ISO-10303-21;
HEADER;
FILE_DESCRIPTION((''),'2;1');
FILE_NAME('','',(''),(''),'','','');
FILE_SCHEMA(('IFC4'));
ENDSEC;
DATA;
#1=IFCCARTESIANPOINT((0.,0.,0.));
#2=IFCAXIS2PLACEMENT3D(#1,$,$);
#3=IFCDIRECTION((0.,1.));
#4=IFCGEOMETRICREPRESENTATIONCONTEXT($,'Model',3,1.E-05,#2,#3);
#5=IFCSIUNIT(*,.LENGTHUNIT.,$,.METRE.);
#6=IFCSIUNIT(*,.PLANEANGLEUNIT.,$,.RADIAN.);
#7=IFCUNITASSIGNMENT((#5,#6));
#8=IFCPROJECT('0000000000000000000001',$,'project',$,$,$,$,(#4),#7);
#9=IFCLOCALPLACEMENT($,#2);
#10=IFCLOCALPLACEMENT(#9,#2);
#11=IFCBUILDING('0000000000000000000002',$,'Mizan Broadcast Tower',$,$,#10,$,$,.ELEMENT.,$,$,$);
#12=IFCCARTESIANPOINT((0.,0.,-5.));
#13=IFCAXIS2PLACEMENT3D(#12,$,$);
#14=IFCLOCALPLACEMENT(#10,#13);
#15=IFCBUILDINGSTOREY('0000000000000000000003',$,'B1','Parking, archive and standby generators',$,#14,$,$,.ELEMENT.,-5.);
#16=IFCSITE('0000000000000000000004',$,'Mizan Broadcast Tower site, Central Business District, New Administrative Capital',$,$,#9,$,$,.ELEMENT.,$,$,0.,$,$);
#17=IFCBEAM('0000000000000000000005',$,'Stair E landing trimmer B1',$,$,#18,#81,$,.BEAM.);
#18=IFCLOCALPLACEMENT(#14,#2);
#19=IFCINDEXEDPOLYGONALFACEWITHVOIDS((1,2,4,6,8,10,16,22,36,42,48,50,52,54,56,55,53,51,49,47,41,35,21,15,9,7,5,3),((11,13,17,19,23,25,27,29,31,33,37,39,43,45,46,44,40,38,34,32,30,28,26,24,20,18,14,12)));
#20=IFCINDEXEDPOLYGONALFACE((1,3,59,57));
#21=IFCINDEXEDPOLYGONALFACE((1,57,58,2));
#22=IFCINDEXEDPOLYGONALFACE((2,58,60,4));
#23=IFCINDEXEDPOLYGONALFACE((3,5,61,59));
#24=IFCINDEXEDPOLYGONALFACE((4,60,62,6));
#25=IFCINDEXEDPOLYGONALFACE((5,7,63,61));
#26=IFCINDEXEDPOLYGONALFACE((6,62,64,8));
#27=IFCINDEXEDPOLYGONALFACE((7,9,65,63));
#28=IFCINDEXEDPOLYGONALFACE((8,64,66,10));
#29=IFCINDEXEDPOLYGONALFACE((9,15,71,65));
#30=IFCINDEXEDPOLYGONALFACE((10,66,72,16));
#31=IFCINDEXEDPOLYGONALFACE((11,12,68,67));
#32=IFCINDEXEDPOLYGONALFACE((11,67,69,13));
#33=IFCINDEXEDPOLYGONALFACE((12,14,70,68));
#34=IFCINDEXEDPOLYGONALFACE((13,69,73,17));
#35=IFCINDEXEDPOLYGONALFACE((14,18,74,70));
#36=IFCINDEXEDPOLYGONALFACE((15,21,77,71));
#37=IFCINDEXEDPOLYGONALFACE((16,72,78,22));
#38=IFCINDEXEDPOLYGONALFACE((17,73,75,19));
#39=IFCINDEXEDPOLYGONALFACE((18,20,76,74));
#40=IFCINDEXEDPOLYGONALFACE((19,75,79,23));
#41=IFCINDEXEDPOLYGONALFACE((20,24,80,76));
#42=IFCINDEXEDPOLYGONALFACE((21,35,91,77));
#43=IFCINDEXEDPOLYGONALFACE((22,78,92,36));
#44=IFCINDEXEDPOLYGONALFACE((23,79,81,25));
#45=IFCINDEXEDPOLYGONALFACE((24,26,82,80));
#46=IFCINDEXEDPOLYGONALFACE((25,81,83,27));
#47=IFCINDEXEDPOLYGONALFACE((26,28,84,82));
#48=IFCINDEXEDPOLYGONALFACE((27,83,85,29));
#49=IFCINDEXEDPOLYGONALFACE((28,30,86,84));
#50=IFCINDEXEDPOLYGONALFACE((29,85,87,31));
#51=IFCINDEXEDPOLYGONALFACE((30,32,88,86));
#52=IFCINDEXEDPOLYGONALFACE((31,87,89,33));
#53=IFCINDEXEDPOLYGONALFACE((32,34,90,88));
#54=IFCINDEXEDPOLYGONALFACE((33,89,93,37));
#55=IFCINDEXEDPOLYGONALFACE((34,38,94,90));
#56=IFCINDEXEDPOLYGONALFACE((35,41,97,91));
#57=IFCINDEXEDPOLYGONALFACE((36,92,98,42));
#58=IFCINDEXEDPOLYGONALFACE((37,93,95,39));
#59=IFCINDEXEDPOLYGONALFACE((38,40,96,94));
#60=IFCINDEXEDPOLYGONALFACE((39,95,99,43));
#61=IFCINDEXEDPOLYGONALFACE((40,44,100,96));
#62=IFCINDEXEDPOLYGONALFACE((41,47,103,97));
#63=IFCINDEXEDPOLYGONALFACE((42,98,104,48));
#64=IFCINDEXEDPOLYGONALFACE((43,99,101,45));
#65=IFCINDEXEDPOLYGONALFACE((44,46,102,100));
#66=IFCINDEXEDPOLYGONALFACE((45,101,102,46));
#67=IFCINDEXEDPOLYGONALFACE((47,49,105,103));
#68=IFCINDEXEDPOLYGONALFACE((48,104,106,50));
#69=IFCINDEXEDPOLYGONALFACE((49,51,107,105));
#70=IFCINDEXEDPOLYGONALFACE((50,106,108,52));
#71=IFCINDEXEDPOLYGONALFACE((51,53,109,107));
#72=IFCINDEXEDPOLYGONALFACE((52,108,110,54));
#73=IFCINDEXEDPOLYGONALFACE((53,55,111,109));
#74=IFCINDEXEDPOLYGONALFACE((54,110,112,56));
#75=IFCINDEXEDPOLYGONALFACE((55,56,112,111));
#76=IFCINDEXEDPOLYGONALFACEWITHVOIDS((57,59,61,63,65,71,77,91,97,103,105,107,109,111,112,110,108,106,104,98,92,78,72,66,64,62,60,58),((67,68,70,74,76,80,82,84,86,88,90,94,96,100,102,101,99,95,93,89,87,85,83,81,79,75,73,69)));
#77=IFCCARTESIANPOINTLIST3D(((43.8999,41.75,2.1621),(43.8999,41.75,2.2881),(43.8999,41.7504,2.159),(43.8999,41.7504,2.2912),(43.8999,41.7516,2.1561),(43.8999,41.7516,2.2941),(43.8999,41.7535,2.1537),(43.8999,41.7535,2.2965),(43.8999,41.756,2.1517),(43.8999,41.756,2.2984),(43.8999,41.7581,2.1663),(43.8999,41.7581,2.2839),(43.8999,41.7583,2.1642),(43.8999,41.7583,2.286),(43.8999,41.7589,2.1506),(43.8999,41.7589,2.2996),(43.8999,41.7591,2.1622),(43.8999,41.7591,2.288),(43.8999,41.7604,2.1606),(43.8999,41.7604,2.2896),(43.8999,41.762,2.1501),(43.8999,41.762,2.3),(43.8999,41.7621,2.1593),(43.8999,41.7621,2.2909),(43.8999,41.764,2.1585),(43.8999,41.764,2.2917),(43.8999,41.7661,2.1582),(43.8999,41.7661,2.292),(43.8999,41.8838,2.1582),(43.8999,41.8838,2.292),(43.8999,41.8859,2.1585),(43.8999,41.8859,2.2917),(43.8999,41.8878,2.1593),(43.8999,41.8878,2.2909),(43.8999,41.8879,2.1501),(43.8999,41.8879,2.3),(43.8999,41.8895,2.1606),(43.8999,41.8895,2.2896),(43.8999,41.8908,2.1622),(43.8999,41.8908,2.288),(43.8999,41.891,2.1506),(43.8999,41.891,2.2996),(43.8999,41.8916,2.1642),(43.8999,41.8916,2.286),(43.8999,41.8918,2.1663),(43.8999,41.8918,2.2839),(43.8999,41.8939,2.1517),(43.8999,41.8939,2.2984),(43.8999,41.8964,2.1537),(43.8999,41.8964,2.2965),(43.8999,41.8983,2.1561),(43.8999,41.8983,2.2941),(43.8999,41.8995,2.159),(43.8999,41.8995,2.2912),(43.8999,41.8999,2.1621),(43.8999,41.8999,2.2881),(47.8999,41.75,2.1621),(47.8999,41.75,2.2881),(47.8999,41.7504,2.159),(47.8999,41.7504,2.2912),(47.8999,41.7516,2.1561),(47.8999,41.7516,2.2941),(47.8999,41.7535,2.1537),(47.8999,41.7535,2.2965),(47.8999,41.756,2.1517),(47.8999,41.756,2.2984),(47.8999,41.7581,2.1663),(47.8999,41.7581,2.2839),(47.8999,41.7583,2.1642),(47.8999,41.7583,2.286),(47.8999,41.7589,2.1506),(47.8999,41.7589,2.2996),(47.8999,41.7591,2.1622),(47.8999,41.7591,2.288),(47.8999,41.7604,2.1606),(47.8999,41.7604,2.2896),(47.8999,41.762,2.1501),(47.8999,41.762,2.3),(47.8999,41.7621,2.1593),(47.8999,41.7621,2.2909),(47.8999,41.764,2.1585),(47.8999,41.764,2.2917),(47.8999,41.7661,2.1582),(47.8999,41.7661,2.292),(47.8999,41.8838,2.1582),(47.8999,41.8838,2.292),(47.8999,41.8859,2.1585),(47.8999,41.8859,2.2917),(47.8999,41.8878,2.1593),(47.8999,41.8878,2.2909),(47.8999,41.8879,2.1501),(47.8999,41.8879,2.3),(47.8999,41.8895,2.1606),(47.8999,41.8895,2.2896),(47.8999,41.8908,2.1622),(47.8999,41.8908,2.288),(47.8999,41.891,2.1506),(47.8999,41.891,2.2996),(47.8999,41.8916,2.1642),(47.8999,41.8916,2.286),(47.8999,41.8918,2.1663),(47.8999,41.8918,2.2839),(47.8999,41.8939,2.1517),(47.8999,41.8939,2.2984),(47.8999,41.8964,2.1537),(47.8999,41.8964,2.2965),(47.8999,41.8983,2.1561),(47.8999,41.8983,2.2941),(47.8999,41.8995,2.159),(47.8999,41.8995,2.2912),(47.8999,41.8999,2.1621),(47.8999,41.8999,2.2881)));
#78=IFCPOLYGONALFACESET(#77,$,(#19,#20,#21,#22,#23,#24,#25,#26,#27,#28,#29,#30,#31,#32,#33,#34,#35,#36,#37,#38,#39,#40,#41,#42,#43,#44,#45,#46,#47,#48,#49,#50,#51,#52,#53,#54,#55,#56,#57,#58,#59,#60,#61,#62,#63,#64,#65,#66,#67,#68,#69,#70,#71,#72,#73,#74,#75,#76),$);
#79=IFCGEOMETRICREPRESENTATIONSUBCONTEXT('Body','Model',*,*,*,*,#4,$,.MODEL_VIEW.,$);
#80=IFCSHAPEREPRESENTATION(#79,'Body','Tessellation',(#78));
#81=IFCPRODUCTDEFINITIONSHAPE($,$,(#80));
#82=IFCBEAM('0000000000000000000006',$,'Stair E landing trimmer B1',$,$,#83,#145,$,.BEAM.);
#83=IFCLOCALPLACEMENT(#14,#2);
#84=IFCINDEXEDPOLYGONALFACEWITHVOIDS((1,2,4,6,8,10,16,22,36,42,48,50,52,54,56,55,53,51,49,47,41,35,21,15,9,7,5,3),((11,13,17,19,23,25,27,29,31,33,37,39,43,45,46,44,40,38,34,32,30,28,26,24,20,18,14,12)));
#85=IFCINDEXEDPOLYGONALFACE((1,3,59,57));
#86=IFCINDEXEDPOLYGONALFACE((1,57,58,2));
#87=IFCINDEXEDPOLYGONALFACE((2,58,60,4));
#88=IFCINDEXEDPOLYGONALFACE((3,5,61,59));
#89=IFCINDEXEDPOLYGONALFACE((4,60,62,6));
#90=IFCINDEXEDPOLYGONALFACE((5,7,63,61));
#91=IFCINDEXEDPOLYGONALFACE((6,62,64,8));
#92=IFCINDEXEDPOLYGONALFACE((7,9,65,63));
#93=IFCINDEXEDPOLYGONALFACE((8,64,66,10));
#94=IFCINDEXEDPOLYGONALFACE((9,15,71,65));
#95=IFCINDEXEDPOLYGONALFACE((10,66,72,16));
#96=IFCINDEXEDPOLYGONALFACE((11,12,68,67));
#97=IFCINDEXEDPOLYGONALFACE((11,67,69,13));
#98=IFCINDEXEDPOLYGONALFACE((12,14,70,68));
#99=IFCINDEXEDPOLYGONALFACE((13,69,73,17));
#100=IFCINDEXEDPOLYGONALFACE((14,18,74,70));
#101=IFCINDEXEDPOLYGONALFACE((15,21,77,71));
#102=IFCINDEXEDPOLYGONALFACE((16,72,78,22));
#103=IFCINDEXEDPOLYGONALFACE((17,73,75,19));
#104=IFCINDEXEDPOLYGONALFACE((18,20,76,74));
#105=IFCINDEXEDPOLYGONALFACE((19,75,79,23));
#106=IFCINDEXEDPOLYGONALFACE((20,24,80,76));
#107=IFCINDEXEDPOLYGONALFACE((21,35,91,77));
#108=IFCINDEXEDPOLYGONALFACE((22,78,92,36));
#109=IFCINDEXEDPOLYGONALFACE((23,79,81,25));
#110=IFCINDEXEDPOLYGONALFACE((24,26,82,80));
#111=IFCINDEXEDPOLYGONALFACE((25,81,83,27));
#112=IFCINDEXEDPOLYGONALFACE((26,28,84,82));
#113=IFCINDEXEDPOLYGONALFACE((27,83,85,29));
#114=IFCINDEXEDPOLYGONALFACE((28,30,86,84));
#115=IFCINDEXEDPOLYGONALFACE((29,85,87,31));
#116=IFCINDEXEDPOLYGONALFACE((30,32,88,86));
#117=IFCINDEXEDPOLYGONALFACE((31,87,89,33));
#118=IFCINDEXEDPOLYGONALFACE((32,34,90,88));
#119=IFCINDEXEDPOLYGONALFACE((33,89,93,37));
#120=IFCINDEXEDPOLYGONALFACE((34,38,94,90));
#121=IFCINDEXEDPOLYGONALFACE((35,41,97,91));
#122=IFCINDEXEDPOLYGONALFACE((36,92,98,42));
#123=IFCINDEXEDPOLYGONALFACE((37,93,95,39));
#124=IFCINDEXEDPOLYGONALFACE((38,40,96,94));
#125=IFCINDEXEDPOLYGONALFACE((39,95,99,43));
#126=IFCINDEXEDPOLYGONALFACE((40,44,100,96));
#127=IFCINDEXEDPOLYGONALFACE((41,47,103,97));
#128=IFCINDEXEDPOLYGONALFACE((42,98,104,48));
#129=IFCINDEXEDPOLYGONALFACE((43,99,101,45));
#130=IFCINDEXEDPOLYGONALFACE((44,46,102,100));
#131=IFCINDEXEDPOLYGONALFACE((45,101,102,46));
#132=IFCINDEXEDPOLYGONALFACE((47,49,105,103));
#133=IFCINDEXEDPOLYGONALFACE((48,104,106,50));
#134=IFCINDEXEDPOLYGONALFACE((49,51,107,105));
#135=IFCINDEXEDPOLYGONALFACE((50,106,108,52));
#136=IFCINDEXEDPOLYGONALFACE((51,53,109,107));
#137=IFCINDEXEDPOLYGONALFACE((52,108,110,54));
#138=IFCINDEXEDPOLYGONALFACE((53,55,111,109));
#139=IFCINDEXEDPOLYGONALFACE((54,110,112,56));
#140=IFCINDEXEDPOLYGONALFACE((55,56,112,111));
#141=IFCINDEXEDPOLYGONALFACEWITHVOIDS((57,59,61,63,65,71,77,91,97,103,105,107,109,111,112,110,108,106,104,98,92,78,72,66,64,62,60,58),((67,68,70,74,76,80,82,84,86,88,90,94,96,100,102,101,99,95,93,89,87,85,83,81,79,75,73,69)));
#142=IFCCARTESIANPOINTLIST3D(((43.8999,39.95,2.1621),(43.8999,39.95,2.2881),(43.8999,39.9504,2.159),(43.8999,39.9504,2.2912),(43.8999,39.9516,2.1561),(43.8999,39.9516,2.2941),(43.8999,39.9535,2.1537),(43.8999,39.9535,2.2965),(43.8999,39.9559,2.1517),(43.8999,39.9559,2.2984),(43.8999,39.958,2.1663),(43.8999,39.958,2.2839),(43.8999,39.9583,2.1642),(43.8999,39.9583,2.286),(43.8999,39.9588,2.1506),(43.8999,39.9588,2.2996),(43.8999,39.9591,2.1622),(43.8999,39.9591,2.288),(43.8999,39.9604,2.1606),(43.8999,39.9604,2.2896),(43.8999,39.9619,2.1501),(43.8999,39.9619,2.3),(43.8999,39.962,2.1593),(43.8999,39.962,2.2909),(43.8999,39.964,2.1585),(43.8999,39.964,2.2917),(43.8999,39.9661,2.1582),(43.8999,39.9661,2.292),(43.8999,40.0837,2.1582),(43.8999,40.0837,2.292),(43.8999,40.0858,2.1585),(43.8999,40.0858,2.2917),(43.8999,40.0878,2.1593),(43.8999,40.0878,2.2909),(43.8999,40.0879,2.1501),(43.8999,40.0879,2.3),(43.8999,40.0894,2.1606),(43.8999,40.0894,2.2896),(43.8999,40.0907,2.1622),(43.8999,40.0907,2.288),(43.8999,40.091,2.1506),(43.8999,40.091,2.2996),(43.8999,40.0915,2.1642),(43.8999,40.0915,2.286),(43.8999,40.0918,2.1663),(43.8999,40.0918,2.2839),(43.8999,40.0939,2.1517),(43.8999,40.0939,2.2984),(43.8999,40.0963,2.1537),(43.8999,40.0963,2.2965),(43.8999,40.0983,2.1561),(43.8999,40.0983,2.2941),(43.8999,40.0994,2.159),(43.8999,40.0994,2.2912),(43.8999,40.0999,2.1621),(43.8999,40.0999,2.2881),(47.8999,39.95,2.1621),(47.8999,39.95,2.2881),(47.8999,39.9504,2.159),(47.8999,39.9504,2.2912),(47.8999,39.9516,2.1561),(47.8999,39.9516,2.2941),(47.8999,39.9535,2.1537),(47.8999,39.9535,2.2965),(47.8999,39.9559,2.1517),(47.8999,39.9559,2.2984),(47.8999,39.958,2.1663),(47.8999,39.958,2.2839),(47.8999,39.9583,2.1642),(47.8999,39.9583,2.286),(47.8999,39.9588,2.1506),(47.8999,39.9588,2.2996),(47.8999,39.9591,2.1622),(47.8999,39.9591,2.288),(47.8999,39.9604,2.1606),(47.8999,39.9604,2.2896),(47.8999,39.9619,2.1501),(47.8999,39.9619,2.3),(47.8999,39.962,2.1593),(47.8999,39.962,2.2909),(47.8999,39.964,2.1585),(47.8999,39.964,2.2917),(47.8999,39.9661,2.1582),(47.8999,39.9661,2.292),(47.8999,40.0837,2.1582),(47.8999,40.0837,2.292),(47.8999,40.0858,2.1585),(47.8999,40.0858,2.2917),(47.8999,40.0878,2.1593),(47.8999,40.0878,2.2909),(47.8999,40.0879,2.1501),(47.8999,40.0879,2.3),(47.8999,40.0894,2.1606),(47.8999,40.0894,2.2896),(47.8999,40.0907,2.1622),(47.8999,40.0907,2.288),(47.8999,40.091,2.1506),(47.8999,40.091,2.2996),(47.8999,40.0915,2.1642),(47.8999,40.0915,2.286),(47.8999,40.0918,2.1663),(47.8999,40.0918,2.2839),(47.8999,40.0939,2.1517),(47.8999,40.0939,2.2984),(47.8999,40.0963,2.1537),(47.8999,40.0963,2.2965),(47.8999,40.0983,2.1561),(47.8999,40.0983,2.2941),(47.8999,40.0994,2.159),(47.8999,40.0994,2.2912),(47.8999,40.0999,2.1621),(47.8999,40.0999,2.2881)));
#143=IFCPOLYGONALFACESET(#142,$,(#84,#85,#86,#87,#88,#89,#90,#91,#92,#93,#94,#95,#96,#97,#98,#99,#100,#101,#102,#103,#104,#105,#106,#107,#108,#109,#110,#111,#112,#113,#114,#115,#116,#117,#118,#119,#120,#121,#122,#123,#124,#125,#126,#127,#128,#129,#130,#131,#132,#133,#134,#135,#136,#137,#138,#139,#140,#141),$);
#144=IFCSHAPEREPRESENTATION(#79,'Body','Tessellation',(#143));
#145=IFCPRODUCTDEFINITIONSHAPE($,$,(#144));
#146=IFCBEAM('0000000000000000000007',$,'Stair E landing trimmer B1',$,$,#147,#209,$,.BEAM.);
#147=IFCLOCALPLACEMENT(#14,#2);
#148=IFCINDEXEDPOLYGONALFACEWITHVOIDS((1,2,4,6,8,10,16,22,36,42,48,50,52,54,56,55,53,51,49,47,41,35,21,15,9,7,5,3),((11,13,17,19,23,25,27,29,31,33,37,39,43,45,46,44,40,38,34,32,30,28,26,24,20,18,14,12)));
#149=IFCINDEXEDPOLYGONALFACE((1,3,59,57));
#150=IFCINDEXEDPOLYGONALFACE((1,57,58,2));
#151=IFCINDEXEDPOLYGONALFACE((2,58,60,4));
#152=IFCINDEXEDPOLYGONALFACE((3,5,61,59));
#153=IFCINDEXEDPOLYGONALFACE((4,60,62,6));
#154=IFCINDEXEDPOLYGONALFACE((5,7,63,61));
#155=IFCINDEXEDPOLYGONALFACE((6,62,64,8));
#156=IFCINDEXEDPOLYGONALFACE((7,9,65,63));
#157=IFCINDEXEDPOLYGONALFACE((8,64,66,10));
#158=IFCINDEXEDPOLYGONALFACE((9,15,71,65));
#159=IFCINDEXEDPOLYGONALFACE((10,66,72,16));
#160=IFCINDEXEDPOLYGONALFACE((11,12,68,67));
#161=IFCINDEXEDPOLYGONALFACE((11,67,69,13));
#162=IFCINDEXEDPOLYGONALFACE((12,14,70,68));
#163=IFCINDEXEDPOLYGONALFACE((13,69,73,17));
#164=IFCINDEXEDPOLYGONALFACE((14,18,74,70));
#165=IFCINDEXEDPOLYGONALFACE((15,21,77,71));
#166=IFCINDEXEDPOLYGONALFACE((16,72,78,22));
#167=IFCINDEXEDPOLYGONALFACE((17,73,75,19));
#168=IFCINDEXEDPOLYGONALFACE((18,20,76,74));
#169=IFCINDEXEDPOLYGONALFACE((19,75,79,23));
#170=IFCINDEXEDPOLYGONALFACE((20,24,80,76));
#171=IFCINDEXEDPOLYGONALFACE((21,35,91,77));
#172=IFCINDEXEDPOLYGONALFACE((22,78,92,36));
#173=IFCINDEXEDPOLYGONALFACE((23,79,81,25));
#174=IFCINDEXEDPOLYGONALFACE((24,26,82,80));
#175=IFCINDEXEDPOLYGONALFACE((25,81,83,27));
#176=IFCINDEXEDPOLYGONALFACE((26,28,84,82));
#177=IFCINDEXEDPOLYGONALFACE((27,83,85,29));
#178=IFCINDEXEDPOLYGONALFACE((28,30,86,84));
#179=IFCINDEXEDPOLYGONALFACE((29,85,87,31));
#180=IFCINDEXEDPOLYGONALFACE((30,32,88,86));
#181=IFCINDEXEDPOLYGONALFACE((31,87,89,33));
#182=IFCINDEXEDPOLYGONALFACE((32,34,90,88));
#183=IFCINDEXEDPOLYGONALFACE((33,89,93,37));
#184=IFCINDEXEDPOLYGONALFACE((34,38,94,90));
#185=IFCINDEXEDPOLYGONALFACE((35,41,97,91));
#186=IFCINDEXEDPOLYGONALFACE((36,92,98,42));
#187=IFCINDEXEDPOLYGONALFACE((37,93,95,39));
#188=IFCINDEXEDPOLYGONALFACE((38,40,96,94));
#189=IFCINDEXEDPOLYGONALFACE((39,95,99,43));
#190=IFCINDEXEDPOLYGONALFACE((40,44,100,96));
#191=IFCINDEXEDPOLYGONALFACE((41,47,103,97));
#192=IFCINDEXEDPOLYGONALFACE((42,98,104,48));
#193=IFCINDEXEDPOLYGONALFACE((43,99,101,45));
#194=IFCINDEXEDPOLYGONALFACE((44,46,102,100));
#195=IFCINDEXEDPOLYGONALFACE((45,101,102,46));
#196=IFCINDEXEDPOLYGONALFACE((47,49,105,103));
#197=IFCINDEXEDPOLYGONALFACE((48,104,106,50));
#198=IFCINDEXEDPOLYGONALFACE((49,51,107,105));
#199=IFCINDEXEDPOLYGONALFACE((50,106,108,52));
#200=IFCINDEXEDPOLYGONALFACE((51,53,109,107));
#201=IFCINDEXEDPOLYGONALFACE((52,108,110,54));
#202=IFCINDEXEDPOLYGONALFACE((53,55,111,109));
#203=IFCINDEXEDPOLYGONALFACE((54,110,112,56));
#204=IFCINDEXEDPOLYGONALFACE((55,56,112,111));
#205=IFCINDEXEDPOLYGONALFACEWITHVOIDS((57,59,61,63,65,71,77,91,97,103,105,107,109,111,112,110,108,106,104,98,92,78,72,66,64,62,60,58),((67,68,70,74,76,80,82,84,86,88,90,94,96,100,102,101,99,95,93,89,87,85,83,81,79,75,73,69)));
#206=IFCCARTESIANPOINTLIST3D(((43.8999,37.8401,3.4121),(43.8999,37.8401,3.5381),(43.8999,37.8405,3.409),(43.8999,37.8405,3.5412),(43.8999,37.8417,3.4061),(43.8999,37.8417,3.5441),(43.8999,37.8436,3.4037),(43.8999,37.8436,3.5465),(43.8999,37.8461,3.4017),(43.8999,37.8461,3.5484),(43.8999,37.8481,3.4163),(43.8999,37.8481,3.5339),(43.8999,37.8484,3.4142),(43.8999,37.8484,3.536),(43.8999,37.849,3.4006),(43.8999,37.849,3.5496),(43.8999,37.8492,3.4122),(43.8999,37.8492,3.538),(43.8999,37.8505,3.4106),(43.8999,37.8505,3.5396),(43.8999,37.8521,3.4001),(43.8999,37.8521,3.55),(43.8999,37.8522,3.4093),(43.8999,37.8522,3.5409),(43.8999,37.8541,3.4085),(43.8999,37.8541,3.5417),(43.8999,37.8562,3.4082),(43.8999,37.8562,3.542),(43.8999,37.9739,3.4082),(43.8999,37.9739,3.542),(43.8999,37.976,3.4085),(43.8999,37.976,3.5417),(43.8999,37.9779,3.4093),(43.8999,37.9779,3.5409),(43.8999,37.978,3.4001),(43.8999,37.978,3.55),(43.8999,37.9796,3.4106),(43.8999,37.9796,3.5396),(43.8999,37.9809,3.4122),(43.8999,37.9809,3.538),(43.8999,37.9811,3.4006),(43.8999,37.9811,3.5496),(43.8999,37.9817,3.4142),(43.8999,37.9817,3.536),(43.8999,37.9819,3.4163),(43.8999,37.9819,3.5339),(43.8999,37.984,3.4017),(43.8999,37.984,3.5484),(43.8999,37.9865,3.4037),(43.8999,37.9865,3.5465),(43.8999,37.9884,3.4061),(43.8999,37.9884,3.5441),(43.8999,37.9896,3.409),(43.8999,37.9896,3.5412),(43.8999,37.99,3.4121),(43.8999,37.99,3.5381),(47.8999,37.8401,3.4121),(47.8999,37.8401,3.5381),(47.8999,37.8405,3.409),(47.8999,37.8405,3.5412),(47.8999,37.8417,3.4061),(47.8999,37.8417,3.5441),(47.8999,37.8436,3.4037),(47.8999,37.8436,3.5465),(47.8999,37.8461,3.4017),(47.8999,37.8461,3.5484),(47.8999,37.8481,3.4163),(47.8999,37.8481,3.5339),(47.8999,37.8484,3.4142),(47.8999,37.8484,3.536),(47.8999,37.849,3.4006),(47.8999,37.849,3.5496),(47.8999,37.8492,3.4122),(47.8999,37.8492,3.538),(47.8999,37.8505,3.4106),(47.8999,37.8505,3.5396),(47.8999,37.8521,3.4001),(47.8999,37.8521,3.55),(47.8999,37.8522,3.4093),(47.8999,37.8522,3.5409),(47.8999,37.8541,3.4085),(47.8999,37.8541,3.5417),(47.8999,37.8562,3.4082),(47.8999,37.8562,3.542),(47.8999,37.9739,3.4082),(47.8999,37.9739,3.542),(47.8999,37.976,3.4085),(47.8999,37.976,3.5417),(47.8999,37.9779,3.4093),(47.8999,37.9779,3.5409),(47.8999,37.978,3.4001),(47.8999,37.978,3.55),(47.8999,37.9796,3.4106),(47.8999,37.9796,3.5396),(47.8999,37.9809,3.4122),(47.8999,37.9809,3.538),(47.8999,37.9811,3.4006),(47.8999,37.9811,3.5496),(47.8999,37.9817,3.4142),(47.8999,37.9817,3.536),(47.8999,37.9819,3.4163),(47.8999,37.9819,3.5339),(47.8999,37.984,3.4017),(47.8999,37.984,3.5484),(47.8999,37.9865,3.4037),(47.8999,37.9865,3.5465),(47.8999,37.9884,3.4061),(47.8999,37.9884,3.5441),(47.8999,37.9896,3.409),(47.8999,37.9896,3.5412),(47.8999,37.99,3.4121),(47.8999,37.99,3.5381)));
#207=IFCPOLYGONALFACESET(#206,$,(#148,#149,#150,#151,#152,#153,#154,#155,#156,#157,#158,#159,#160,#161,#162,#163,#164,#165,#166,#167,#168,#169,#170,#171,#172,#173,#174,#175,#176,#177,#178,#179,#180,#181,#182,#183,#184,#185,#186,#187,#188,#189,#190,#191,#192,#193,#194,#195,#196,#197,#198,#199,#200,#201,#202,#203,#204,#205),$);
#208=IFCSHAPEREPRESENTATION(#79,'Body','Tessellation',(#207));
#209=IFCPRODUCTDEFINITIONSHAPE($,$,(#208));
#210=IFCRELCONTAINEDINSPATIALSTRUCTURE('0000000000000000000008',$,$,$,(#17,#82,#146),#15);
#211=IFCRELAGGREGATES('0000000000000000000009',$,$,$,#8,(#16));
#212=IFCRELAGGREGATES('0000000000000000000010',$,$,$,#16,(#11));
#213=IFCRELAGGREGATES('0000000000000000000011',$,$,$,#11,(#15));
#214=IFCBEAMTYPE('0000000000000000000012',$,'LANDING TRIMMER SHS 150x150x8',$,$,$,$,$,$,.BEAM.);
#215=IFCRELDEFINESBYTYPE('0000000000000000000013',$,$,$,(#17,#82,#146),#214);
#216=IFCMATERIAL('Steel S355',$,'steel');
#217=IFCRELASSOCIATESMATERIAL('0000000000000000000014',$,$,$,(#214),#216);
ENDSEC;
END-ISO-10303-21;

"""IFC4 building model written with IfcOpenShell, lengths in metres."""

from ifc_helpers import new_model, si_unit, direction, frame, origin, origin_2d, place, context, subcontext, project, spatial, hollow_rectangle, extrude, material, material_profile, profile_set, type_object, element, save


model = new_model("IFC4")

# Units and contexts
model_context = context("Model", 3, precision=1e-05, world=origin(), true_north=direction((0.0, 1.0)))
body_context = subcontext(model_context, "Body", "Model", "MODEL_VIEW")
ifc_project = project(units=[si_unit("LENGTHUNIT", "METRE"), si_unit("PLANEANGLEUNIT", "RADIAN")], contexts=[model_context])

# Site, building, storey
site_placement = place(None, origin())
site = spatial("IfcSite", under=ifc_project, at=site_placement, Name="Mizan Broadcast Tower site, Central Business District, New Administrative Capital", CompositionType="ELEMENT", RefElevation=0.0)
building_placement = place(site_placement, origin())
building = spatial("IfcBuilding", under=site, at=building_placement, Name="Mizan Broadcast Tower", CompositionType="ELEMENT")
storey_placement = place(building_placement, frame((0.0, 0.0, -5.0)))
storey = spatial("IfcBuildingStorey", under=building, at=storey_placement, Name="B1", Description="Parking, archive and standby generators", CompositionType="ELEMENT", Elevation=-5.0)

# Beams
ifc_material_1 = material(Name="Steel S355", Category="steel")
ifc_material_profile_1 = material_profile(ifc_material_1, hollow_rectangle(XDim=0.1499, YDim=0.1499, WallThickness=0.0081, InnerFilletRadius=0.0081, OuterFilletRadius=0.012, at=origin_2d()), Name="SHS 150x150x8")
ifc_profile_set_1 = profile_set([ifc_material_profile_1], Name="Steel S355")
beam_type_1 = type_object("IfcBeamType", Name="LANDING TRIMMER SHS 150x150x8", PredefinedType="BEAM", material=ifc_profile_set_1)
for number, where, z_axis, x_axis, name in (
    (1, (43.8999, 41.825, 2.2251), (1.0, 0.0, 0.0), (0.0, 1.0, 0.0), "Stair E landing trimmer B1"),
    (2, (43.8999, 40.0249, 2.2251), (1.0, 0.0, 0.0), (0.0, 1.0, 0.0), "Stair E landing trimmer B1"),
    (3, (43.8999, 37.915, 3.4751), (1.0, 0.0, 0.0), (0.0, 1.0, 0.0), "Stair E landing trimmer B1"),
):
    element("IfcBeam", number, at=place(storey_placement, frame(where, z_axis=z_axis, x_axis=x_axis)), inside=storey, type_object=beam_type_1, Name=name, PredefinedType="BEAM", context=body_context, shape_type="SweptSolid", body=[
        extrude(hollow_rectangle(XDim=0.1499, YDim=0.1499, WallThickness=0.0081, InnerFilletRadius=0.0081, OuterFilletRadius=0.012, at=origin_2d()), origin(), (0.0, 0.0, 1.0), 4.0),
    ])

save(model, "model.ifc")
